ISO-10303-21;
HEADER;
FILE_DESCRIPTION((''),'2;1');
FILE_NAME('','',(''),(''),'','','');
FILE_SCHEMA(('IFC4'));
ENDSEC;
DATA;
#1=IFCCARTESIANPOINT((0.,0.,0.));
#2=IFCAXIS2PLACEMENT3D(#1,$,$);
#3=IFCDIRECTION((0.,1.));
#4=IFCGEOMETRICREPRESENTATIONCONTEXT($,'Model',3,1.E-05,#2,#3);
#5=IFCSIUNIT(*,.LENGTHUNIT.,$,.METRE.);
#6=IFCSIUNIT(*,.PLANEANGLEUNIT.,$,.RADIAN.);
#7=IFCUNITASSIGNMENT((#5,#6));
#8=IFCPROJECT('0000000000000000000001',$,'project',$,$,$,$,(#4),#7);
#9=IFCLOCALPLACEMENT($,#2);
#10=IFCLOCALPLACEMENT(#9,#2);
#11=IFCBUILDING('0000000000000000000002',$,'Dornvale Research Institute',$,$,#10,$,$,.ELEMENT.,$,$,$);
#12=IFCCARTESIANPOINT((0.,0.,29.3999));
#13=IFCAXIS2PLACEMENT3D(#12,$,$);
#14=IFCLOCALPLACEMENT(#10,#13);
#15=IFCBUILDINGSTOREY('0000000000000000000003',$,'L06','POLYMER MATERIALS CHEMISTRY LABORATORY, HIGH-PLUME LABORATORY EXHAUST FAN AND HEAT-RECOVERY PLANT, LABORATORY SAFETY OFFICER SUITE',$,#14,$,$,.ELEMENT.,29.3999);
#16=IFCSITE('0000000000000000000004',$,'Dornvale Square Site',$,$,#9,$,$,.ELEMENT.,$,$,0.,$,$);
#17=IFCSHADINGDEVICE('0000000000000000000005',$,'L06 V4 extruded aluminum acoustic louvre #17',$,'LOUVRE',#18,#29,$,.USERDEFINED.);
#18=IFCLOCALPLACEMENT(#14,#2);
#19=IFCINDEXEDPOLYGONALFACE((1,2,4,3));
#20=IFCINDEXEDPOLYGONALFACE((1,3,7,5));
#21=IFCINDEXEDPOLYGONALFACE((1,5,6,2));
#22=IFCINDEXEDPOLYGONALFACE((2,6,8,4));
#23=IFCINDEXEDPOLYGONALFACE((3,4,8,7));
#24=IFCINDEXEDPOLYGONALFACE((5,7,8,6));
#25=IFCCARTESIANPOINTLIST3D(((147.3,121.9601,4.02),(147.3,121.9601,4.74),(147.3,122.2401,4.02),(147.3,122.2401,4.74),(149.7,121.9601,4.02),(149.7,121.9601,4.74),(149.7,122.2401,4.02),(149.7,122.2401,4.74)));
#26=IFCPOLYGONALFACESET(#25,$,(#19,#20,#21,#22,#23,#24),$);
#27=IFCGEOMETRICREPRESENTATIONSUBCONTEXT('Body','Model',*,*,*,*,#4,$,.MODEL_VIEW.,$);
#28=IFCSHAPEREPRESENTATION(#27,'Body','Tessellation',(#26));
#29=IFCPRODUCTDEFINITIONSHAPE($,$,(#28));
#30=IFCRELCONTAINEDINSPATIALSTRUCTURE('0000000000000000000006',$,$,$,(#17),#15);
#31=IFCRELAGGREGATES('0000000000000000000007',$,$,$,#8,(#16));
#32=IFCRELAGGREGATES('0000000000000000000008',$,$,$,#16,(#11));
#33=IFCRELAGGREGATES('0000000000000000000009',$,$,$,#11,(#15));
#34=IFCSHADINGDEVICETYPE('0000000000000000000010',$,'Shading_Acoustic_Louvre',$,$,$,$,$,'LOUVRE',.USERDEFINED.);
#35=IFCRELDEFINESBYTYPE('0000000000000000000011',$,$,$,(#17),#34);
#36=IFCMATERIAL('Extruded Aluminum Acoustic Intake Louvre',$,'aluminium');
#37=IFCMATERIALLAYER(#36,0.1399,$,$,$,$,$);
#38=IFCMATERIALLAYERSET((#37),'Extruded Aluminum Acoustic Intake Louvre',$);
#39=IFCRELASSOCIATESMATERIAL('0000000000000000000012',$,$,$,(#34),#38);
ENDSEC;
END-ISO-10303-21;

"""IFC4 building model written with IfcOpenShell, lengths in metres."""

from ifc_helpers import new_model, si_unit, direction, frame, origin, origin_2d, place, context, subcontext, project, spatial, rectangle, extrude, material, layer, layer_set, type_object, element, save


model = new_model("IFC4")

# Units and contexts
model_context = context("Model", 3, precision=1e-05, world=origin(), true_north=direction((0.0, 1.0)))
body_context = subcontext(model_context, "Body", "Model", "MODEL_VIEW")
ifc_project = project(units=[si_unit("LENGTHUNIT", "METRE"), si_unit("PLANEANGLEUNIT", "RADIAN")], contexts=[model_context])

# Site, building, storey
site_placement = place(None, origin())
site = spatial("IfcSite", under=ifc_project, at=site_placement, Name="Dornvale Square Site", CompositionType="ELEMENT", RefElevation=0.0)
building_placement = place(site_placement, origin())
building = spatial("IfcBuilding", under=site, at=building_placement, Name="Dornvale Research Institute", CompositionType="ELEMENT")
storey_placement = place(building_placement, frame((0.0, 0.0, 29.3999)))
storey = spatial("IfcBuildingStorey", under=building, at=storey_placement, Name="L06", Description="POLYMER MATERIALS CHEMISTRY LABORATORY, HIGH-PLUME LABORATORY EXHAUST FAN AND HEAT-RECOVERY PLANT, LABORATORY SAFETY OFFICER SUITE", CompositionType="ELEMENT", Elevation=29.3999)

# Shading device
ifc_material_1 = material(Name="Extruded Aluminum Acoustic Intake Louvre", Category="aluminium")
ifc_layer_1 = layer(ifc_material_1, 0.1399)
ifc_layer_set_1 = layer_set([ifc_layer_1], Name="Extruded Aluminum Acoustic Intake Louvre")
shading_device_type = type_object("IfcShadingDeviceType", Name="Shading_Acoustic_Louvre", ElementType="LOUVRE", PredefinedType="USERDEFINED", material=ifc_layer_set_1)
shading_device_placement = place(storey_placement, frame((148.5, 122.1001, 4.02), z_axis=(0.0, 0.0, 1.0), x_axis=(1.0, 0.0, 0.0)))
element("IfcShadingDevice", 1, at=shading_device_placement, inside=storey, type_object=shading_device_type, Name="L06 V4 extruded aluminum acoustic louvre #17", ObjectType="LOUVRE", PredefinedType="USERDEFINED", context=body_context, shape_type="SweptSolid", body=[
    extrude(rectangle(XDim=2.3999, YDim=0.28, at=origin_2d()), origin(), (0.0, 0.0, 1.0), 0.72),
])

save(model, "model.ifc")
